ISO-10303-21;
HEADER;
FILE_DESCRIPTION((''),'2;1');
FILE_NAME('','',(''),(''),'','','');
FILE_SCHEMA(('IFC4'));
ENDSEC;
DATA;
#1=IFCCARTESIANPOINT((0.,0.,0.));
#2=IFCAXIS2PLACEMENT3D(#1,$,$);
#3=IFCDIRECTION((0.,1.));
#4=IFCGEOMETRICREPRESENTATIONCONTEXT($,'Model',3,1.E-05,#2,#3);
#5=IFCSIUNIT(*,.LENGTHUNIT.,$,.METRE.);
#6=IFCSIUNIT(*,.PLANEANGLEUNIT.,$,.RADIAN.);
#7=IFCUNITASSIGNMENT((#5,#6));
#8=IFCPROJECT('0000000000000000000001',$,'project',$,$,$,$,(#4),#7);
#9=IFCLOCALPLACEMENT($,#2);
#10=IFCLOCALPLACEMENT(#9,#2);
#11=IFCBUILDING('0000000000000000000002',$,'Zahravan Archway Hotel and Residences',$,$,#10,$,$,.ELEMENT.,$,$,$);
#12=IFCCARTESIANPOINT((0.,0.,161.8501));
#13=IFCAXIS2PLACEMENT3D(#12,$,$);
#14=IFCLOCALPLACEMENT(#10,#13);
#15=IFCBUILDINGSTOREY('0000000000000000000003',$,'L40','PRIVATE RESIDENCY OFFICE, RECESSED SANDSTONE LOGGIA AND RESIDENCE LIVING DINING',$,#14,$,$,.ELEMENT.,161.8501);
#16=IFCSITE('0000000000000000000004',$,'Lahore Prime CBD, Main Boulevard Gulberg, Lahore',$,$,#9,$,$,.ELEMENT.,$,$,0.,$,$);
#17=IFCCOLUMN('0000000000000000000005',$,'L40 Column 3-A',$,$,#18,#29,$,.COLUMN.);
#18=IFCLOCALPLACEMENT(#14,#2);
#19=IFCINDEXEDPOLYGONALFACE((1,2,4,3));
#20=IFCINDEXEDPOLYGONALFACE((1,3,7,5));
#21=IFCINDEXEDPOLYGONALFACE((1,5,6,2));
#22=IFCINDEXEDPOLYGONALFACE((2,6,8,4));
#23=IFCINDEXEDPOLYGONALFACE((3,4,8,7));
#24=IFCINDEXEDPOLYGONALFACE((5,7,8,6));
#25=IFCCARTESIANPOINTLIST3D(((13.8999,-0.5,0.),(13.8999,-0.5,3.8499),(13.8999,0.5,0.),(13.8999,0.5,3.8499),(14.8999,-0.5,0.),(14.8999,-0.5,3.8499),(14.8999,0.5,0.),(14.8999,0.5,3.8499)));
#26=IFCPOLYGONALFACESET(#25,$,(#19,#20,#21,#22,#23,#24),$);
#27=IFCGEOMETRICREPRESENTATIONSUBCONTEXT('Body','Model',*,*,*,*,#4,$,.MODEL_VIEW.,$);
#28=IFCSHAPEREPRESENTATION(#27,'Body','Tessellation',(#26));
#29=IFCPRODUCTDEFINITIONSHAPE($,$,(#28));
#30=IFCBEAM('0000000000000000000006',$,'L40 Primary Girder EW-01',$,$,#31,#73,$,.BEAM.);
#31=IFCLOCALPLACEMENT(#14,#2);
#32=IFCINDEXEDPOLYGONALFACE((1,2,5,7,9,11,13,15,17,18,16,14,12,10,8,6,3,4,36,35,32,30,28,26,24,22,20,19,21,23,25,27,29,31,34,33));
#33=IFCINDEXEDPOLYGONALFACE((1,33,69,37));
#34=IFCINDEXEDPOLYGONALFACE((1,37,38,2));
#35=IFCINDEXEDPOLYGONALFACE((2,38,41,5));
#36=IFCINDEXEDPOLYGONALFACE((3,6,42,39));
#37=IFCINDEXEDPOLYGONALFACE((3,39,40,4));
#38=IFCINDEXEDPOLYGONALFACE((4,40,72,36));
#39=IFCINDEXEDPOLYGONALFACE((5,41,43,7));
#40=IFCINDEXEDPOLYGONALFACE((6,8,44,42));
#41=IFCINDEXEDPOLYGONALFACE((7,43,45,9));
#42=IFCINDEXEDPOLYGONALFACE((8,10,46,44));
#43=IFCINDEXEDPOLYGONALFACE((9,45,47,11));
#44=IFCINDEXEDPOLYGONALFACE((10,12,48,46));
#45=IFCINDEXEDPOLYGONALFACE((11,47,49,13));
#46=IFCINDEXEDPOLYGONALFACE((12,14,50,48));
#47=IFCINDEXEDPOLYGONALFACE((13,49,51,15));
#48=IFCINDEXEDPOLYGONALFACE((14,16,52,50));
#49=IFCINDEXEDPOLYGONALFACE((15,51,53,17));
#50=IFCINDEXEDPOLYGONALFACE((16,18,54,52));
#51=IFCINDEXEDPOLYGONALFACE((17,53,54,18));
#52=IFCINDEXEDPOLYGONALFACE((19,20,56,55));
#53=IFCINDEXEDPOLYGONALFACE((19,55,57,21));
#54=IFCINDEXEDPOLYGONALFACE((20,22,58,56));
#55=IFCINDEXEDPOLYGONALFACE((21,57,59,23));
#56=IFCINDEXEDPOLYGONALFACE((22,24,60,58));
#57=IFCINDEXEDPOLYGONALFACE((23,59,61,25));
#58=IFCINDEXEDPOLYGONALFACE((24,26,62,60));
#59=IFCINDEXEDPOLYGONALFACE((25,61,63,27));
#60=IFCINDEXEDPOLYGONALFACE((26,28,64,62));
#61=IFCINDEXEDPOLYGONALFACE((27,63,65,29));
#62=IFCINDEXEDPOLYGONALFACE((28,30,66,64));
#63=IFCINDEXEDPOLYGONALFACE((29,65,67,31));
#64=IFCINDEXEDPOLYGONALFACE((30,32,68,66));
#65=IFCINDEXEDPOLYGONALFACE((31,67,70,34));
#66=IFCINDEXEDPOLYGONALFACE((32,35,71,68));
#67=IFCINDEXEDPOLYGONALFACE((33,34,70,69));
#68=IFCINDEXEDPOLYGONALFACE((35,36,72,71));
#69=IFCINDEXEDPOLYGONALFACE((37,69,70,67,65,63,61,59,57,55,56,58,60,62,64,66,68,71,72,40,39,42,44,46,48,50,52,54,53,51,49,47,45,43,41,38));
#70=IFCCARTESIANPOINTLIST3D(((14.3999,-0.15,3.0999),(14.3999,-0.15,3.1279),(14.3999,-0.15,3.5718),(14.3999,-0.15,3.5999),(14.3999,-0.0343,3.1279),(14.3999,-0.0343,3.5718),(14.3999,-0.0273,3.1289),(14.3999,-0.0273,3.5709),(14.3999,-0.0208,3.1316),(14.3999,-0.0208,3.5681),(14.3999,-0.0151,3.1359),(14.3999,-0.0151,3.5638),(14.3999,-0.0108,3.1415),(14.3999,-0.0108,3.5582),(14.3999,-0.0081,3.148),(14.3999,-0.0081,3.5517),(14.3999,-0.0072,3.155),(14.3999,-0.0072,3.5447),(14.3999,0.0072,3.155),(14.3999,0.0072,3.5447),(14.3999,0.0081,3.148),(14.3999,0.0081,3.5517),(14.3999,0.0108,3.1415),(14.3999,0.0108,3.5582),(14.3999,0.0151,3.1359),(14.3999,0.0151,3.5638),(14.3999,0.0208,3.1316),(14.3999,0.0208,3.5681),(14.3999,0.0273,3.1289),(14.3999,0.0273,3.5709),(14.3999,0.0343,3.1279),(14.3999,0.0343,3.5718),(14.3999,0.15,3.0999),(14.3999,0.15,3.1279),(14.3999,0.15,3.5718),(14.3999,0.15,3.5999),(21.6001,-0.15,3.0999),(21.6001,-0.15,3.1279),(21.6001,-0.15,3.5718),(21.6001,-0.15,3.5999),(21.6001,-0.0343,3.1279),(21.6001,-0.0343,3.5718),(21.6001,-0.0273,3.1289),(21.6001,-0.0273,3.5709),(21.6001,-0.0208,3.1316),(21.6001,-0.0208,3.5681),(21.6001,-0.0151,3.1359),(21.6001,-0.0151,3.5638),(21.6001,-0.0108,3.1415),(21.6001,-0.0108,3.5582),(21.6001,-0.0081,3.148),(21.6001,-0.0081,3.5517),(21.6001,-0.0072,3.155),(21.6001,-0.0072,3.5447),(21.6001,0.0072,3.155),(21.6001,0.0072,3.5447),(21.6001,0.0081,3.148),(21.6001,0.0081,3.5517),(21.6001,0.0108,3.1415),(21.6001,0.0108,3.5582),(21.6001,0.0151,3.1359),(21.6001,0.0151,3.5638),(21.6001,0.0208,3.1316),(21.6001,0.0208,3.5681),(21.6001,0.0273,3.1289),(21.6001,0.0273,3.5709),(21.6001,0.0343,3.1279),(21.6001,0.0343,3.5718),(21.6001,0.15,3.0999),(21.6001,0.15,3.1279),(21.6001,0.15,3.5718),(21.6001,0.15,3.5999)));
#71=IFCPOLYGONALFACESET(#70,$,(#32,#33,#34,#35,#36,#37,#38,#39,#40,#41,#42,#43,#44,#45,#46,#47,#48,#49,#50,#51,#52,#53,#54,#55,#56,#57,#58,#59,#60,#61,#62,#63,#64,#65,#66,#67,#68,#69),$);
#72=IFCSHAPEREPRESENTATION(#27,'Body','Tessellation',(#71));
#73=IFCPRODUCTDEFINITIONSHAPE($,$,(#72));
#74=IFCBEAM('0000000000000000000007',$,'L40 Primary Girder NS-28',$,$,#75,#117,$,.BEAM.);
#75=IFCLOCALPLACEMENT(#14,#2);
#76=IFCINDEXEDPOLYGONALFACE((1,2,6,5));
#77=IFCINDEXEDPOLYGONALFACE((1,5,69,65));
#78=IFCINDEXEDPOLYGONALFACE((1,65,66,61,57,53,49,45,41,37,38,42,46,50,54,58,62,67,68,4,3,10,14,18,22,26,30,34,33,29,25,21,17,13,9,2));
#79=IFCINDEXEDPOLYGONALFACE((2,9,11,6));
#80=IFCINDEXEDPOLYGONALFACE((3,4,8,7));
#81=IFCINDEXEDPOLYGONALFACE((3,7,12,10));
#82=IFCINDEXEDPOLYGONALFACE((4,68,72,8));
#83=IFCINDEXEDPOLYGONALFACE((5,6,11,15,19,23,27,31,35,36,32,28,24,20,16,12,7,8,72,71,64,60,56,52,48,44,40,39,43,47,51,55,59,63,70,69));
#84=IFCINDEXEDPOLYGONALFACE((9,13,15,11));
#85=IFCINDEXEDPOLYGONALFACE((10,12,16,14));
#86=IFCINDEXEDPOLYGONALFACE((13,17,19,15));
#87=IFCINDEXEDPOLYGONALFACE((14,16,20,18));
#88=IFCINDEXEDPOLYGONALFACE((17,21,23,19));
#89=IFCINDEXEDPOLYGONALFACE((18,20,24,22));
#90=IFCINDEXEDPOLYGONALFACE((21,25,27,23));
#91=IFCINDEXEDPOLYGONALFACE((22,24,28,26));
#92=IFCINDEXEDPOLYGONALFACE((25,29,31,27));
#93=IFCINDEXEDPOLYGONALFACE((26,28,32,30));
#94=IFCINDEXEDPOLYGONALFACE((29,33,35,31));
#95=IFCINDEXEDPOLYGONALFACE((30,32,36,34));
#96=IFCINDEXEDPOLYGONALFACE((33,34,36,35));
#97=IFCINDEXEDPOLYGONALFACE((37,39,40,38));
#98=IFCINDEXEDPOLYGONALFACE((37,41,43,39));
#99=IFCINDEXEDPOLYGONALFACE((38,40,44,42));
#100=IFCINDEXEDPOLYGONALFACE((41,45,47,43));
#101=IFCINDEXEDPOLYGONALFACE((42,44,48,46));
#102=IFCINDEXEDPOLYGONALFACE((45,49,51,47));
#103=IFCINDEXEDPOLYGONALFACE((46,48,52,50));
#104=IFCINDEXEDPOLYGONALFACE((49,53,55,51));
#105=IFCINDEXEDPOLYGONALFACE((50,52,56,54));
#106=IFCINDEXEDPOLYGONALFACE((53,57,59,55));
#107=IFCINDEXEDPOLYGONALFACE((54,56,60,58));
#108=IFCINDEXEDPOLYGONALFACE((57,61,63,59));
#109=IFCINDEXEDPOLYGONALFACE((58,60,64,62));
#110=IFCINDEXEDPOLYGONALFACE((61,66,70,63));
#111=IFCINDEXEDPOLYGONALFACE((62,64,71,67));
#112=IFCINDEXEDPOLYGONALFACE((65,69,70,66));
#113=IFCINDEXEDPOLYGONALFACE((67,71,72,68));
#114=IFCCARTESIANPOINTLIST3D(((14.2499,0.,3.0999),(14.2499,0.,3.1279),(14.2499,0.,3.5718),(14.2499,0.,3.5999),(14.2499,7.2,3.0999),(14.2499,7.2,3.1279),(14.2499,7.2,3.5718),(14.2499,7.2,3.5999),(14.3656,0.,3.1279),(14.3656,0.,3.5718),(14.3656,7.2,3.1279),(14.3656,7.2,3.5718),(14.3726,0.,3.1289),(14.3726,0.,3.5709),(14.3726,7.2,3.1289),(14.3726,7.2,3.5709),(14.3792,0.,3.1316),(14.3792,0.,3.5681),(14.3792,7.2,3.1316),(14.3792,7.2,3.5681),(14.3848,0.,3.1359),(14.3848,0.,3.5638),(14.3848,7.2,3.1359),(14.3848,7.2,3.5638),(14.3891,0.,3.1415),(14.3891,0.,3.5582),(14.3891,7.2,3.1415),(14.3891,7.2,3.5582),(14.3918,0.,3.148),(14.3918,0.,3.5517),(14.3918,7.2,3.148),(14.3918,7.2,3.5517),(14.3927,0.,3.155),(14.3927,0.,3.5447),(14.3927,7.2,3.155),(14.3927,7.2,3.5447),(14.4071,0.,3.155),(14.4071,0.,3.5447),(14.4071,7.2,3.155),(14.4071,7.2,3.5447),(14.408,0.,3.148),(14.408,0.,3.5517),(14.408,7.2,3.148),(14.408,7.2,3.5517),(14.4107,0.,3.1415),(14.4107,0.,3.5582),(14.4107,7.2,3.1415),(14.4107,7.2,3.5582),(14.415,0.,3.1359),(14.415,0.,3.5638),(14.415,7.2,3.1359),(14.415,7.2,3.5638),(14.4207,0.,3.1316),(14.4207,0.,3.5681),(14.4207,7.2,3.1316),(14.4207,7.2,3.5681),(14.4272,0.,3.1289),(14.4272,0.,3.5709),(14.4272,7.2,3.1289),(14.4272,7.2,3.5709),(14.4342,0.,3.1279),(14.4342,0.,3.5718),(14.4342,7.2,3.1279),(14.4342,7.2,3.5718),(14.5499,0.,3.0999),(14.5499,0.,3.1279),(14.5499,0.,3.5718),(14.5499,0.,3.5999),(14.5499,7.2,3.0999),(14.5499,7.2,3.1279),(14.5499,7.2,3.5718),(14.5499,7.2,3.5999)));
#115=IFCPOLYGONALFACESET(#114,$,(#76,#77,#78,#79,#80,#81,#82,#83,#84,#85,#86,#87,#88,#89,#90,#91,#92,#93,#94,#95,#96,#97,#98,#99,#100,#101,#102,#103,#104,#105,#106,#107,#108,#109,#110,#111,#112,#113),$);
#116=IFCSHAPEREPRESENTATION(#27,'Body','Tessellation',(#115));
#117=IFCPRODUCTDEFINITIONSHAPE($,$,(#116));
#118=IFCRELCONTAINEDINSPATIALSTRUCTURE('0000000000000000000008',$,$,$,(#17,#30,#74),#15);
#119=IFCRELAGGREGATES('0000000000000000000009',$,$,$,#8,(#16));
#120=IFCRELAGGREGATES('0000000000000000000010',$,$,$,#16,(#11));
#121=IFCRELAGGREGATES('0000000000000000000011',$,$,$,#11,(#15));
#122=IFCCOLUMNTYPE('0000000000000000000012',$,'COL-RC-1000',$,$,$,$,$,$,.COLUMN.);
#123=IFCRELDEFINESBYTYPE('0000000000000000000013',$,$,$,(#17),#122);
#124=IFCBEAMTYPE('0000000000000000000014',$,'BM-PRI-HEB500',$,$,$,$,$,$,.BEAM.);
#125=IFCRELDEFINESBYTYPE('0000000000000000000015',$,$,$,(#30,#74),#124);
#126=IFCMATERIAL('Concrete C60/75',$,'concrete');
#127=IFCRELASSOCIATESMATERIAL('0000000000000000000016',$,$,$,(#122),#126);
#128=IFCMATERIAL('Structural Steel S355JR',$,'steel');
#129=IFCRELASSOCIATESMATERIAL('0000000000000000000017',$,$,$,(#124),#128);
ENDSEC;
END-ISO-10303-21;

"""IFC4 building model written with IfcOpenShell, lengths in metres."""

from ifc_helpers import new_model, si_unit, direction, frame, origin, origin_2d, place, context, subcontext, project, spatial, rectangle, i_section, extrude, source, transform, mapped, material, material_profile, profile_set, type_object, type_shapes, element, save


model = new_model("IFC4")

# Units and contexts
model_context = context("Model", 3, precision=1e-05, world=origin(), true_north=direction((0.0, 1.0)))
body_context = subcontext(model_context, "Body", "Model", "MODEL_VIEW")
ifc_project = project(units=[si_unit("LENGTHUNIT", "METRE"), si_unit("PLANEANGLEUNIT", "RADIAN")], contexts=[model_context])

# Site, building, storey
site_placement = place(None, origin())
site = spatial("IfcSite", under=ifc_project, at=site_placement, Name="Lahore Prime CBD, Main Boulevard Gulberg, Lahore", CompositionType="ELEMENT", RefElevation=0.0)
building_placement = place(site_placement, origin())
building = spatial("IfcBuilding", under=site, at=building_placement, Name="Zahravan Archway Hotel and Residences", CompositionType="ELEMENT")
storey_placement = place(building_placement, frame((0.0, 0.0, 161.8501)))
storey = spatial("IfcBuildingStorey", under=building, at=storey_placement, Name="L40", Description="PRIVATE RESIDENCY OFFICE, RECESSED SANDSTONE LOGGIA AND RESIDENCE LIVING DINING", CompositionType="ELEMENT", Elevation=161.8501)

# Column
ifc_material_1 = material(Name="Concrete C60/75", Category="concrete")
ifc_material_profile_1 = material_profile(ifc_material_1, rectangle(XDim=1.0, YDim=1.0, at=origin_2d()), Name="RC-COL-1000x1000", Category="concrete")
ifc_profile_set_1 = profile_set([ifc_material_profile_1], Name="Concrete C60/75")
column_type = type_object("IfcColumnType", Name="COL-RC-1000", PredefinedType="COLUMN", material=ifc_profile_set_1)
shared_shape_1 = source(origin(), body_context, "Body", "SweptSolid", [
    extrude(rectangle(XDim=1.0, YDim=1.0, at=origin_2d()), origin(), (0.0, 0.0, 1.0), 3.8499),
])
column_placement = place(storey_placement, frame((14.3999, 0.0, 0.0), z_axis=(0.0, 0.0, 1.0), x_axis=(1.0, 0.0, 0.0)))
element("IfcColumn", 1, at=column_placement, inside=storey, type_object=column_type, Name="L40 Column 3-A", PredefinedType="COLUMN", context=body_context, shape_type="MappedRepresentation", body=[
    mapped(shared_shape_1, transform((0.0, 0.0, 0.0), scale=1.0)),
])

# Beams
ifc_material_2 = material(Name="Structural Steel S355JR", Category="steel")
ifc_material_profile_2 = material_profile(ifc_material_2, i_section(OverallWidth=0.3, OverallDepth=0.5, WebThickness=0.0144, FlangeThickness=0.0281, FilletRadius=0.0271, at=origin_2d()), Name="HEB 500", Category="steel")
ifc_profile_set_2 = profile_set([ifc_material_profile_2], Name="Structural Steel S355JR")
beam_type = type_object("IfcBeamType", Name="BM-PRI-HEB500", PredefinedType="BEAM", material=ifc_profile_set_2)
shared_shape_2 = source(origin(), body_context, "Body", "SweptSolid", [
    extrude(i_section(OverallWidth=0.3, OverallDepth=0.5, WebThickness=0.0144, FlangeThickness=0.0281, FilletRadius=0.0271, at=origin_2d()), origin(), (0.0, 0.0, 1.0), 7.2002),
])
type_shapes(beam_type, [shared_shape_2])
beam_1_placement = place(storey_placement, frame((14.3999, 0.0, 3.3499), z_axis=(1.0, 0.0, 0.0), x_axis=(0.0, 1.0, 0.0)))
element("IfcBeam", 2, at=beam_1_placement, inside=storey, type_object=beam_type, Name="L40 Primary Girder EW-01", PredefinedType="BEAM", context=body_context, shape_type="MappedRepresentation", body=[
    mapped(shared_shape_2, transform((0.0, 0.0, 0.0), scale=1.0)),
])
shared_shape_3 = source(origin(), body_context, "Body", "SweptSolid", [
    extrude(i_section(OverallWidth=0.3, OverallDepth=0.5, WebThickness=0.0144, FlangeThickness=0.0281, FilletRadius=0.0271, at=origin_2d()), origin(), (0.0, 0.0, 1.0), 7.2),
])
beam_2_placement = place(storey_placement, frame((14.3999, 0.0, 3.3499), z_axis=(0.0, 1.0, 0.0), x_axis=(-1.0, 0.0, 0.0)))
element("IfcBeam", 3, at=beam_2_placement, inside=storey, type_object=beam_type, Name="L40 Primary Girder NS-28", PredefinedType="BEAM", context=body_context, shape_type="MappedRepresentation", body=[
    mapped(shared_shape_3, transform((0.0, 0.0, 0.0), scale=1.0)),
])

save(model, "model.ifc")
